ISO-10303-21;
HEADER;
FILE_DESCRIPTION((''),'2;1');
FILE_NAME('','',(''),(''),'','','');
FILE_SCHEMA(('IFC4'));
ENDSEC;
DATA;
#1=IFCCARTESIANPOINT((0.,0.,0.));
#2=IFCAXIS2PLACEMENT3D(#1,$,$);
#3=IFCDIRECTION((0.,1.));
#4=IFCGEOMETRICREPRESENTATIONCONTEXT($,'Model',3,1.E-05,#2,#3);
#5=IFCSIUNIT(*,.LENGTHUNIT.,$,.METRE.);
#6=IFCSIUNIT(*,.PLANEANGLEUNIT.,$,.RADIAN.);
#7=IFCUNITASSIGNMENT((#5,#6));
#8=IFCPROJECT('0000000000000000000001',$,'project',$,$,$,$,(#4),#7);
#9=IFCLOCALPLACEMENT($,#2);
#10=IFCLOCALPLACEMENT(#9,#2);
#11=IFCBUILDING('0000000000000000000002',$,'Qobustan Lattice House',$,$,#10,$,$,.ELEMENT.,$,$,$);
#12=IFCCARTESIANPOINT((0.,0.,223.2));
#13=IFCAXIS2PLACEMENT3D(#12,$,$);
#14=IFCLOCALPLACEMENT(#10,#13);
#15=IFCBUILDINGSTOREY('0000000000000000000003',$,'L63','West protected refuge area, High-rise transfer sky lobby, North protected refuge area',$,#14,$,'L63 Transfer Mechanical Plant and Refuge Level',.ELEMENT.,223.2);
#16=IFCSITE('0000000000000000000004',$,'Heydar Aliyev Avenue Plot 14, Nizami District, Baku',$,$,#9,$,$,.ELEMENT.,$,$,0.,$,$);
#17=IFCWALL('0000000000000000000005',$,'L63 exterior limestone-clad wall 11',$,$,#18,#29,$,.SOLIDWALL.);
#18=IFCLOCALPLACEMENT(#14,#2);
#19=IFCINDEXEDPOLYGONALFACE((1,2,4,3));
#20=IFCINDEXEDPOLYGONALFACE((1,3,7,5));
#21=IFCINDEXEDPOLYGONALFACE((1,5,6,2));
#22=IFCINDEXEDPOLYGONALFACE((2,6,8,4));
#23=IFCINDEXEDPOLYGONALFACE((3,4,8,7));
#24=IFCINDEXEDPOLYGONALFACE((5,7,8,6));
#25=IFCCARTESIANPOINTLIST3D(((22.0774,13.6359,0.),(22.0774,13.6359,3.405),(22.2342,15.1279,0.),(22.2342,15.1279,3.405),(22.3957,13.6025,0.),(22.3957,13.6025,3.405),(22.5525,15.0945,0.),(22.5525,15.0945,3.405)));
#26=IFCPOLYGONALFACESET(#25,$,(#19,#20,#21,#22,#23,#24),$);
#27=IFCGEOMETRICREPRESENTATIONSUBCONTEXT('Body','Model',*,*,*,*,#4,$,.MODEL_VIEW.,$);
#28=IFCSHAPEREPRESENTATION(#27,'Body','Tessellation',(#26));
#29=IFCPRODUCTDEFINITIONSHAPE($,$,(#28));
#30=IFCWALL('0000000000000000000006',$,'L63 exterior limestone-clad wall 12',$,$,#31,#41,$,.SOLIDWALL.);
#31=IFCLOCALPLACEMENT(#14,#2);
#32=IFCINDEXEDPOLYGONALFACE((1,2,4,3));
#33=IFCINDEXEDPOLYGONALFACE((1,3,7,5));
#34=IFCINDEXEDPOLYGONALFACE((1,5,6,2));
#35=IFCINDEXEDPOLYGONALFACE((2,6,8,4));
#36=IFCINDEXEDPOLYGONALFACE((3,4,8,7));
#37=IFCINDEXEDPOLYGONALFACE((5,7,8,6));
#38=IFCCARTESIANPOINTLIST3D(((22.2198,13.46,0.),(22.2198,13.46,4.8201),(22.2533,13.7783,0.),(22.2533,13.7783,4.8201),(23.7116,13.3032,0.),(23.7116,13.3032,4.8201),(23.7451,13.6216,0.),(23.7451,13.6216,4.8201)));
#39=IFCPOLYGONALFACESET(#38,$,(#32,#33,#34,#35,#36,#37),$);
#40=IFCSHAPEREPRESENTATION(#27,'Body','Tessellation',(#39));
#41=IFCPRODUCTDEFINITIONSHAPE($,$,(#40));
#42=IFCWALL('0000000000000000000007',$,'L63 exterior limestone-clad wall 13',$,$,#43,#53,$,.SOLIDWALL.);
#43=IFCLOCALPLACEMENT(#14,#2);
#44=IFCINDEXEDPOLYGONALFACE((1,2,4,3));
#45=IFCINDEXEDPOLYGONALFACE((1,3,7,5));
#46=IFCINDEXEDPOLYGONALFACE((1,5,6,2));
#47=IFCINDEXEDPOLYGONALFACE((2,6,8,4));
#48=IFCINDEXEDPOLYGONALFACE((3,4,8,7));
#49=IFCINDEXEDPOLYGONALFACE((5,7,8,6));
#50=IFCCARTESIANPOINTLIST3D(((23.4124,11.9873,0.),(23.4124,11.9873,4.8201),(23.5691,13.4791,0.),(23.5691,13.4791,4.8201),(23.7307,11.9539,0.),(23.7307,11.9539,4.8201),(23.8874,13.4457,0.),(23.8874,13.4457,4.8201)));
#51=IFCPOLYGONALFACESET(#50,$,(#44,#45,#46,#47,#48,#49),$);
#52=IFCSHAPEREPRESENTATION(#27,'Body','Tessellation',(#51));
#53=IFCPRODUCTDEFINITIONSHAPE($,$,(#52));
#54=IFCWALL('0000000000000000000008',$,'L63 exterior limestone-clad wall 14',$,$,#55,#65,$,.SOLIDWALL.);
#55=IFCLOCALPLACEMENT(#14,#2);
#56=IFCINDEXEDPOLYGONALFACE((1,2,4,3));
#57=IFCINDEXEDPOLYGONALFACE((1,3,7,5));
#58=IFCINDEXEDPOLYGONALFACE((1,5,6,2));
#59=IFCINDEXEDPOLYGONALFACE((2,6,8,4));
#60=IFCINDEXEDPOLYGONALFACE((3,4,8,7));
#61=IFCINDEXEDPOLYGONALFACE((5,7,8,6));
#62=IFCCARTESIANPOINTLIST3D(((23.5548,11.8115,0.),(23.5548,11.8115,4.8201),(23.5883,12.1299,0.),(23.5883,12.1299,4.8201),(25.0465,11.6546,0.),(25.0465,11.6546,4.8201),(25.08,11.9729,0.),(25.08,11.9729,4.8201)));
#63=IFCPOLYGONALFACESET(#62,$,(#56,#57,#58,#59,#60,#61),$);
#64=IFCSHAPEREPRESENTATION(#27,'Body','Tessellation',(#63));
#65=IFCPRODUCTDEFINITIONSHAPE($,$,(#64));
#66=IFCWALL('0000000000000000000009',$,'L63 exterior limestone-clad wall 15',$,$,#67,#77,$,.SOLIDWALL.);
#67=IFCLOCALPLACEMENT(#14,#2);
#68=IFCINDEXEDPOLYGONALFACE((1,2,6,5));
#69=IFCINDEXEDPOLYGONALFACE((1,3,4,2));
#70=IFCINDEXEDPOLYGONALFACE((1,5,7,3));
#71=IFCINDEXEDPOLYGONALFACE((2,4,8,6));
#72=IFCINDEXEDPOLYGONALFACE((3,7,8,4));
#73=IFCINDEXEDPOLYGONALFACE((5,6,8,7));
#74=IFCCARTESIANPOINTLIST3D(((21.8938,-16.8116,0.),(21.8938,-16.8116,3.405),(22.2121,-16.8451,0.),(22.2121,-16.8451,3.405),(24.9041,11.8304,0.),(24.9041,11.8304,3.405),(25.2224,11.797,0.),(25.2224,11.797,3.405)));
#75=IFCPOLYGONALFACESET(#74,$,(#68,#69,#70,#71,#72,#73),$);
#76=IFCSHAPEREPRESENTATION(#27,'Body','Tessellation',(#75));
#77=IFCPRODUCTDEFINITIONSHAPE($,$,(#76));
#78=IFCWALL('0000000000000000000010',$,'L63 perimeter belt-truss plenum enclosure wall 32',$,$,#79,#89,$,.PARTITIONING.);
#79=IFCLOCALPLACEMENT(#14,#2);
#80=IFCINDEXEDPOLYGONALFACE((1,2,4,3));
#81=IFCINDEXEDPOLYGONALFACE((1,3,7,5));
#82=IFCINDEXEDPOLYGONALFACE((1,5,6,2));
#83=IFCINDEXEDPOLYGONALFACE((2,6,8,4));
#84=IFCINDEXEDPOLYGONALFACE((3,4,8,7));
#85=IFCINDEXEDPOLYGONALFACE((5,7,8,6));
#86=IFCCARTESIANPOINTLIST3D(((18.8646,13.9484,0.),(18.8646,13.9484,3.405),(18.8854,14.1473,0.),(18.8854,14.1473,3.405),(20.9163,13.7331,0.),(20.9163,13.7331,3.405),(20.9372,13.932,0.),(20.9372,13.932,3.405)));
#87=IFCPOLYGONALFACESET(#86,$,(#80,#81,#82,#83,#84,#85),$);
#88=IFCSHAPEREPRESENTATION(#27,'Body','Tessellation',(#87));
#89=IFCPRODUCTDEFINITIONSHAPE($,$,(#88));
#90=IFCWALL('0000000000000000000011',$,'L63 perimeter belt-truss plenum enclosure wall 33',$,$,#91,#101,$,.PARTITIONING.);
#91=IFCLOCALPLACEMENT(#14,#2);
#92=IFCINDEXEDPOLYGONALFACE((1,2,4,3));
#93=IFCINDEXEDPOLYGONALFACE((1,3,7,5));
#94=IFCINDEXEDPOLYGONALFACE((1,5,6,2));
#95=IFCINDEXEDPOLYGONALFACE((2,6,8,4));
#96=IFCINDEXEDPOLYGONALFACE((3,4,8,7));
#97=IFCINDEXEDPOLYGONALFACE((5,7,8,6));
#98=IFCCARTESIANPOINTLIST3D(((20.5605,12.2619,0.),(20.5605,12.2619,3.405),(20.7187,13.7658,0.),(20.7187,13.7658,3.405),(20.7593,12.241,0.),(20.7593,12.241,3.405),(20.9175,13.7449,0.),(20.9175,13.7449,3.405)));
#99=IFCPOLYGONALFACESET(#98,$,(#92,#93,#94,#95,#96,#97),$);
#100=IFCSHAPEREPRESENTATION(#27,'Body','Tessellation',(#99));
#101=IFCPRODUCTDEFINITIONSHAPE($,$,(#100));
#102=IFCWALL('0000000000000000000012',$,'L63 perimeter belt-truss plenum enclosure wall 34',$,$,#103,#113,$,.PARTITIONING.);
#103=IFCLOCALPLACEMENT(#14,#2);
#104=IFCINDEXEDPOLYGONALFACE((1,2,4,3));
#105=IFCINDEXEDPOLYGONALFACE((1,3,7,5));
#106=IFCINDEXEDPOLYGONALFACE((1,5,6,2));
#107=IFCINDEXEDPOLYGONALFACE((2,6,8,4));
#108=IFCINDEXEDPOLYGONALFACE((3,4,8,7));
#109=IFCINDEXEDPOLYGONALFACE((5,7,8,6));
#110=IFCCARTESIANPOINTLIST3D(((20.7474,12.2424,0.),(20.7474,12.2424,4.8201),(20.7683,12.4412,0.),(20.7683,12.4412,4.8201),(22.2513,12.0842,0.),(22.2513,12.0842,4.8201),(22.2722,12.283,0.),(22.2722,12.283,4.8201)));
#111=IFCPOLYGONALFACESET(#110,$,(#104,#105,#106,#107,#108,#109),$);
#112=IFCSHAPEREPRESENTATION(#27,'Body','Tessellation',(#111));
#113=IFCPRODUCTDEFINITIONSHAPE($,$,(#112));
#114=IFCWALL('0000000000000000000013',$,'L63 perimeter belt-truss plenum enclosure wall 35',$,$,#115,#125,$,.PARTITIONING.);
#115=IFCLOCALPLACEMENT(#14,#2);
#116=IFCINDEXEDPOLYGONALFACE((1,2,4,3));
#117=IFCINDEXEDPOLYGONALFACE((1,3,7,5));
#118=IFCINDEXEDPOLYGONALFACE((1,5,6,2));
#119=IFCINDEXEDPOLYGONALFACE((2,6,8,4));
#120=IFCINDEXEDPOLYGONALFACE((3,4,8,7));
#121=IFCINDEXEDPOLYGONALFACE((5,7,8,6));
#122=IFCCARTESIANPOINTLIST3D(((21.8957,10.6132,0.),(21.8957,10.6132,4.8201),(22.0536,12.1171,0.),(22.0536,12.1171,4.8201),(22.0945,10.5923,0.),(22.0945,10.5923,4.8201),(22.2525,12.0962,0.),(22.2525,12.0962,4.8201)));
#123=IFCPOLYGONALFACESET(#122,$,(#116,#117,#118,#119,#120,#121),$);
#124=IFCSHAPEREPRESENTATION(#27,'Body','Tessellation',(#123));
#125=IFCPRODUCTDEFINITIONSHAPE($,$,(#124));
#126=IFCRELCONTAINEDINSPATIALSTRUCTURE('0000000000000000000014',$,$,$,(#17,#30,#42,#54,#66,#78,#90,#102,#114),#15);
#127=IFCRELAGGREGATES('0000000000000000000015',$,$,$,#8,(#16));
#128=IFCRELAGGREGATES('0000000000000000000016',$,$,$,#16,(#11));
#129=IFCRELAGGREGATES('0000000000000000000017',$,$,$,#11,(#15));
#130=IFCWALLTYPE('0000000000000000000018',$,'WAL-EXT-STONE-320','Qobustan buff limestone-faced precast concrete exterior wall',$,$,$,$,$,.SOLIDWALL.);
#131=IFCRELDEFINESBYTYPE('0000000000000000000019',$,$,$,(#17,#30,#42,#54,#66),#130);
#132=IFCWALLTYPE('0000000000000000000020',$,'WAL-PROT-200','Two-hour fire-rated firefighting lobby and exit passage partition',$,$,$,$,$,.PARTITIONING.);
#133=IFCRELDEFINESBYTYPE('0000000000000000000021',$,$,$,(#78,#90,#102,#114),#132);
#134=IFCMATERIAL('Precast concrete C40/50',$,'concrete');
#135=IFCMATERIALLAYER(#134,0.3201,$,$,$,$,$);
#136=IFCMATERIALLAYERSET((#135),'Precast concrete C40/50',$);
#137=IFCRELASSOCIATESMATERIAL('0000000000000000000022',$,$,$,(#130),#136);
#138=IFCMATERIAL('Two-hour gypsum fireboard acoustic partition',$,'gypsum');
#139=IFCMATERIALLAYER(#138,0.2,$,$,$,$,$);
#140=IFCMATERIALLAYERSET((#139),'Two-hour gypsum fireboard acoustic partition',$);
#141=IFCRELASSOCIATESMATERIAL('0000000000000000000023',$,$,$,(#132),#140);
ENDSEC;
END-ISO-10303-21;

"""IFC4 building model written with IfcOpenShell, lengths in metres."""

from ifc_helpers import new_model, si_unit, direction, frame, frame_2d, origin, place, context, subcontext, project, spatial, rectangle, extrude, material, layer, layer_set, type_object, element, save


model = new_model("IFC4")

# Units and contexts
model_context = context("Model", 3, precision=1e-05, world=origin(), true_north=direction((0.0, 1.0)))
body_context = subcontext(model_context, "Body", "Model", "MODEL_VIEW")
ifc_project = project(units=[si_unit("LENGTHUNIT", "METRE"), si_unit("PLANEANGLEUNIT", "RADIAN")], contexts=[model_context])

# Site, building, storey
site_placement = place(None, origin())
site = spatial("IfcSite", under=ifc_project, at=site_placement, Name="Heydar Aliyev Avenue Plot 14, Nizami District, Baku", CompositionType="ELEMENT", RefElevation=0.0)
building_placement = place(site_placement, origin())
building = spatial("IfcBuilding", under=site, at=building_placement, Name="Qobustan Lattice House", CompositionType="ELEMENT")
storey_placement = place(building_placement, frame((0.0, 0.0, 223.2)))
storey = spatial("IfcBuildingStorey", under=building, at=storey_placement, Name="L63", Description="West protected refuge area, High-rise transfer sky lobby, North protected refuge area", LongName="L63 Transfer Mechanical Plant and Refuge Level", CompositionType="ELEMENT", Elevation=223.2)

# Walls
ifc_material_1 = material(Name="Precast concrete C40/50", Category="concrete")
ifc_layer_1 = layer(ifc_material_1, 0.3201)
ifc_layer_set_1 = layer_set([ifc_layer_1], Name="Precast concrete C40/50")
wall_type_1 = type_object("IfcWallType", Name="WAL-EXT-STONE-320", Description="Qobustan buff limestone-faced precast concrete exterior wall", PredefinedType="SOLIDWALL", material=ifc_layer_set_1)
wall_1_placement = place(storey_placement, frame((22.3933, 15.1111, 0.0), z_axis=(0.0, 0.0, 1.0), x_axis=(-0.104481, -0.994527, 0.0)))
element("IfcWall", 1, at=wall_1_placement, inside=storey, type_object=wall_type_1, Name="L63 exterior limestone-clad wall 11", PredefinedType="SOLIDWALL", context=body_context, shape_type="SweptSolid", body=[
    extrude(rectangle(XDim=1.5002, YDim=0.3201, at=frame_2d((0.75, 0.0))), origin(), (0.0, 0.0, 1.0), 3.405),
])
for number, where, z_axis, x_axis, name in (
    (2, (22.2366, 13.6191, 0.0), (0.0, 0.0, 1.0), (0.994525, -0.104498, 0.0), "L63 exterior limestone-clad wall 12"),
    (3, (23.7283, 13.4624, 0.0), (0.0, 0.0, 1.0), (-0.104498, -0.994525, 0.0), "L63 exterior limestone-clad wall 13"),
    (4, (23.5715, 11.9707, 0.0), (0.0, 0.0, 1.0), (0.994508, -0.104659, 0.0), "L63 exterior limestone-clad wall 14"),
):
    element("IfcWall", number, at=place(storey_placement, frame(where, z_axis=z_axis, x_axis=x_axis)), inside=storey, type_object=wall_type_1, Name=name, PredefinedType="SOLIDWALL", context=body_context, shape_type="SweptSolid", body=[
        extrude(rectangle(XDim=1.5, YDim=0.3201, at=frame_2d((0.75, 0.0))), origin(), (0.0, 0.0, 1.0), 4.8201),
    ])
wall_2_placement = place(storey_placement, frame((25.0632, 11.8137, 0.0), z_axis=(0.0, 0.0, 1.0), x_axis=(-0.104523, -0.994522, 0.0)))
element("IfcWall", 5, at=wall_2_placement, inside=storey, type_object=wall_type_1, Name="L63 exterior limestone-clad wall 15", PredefinedType="SOLIDWALL", context=body_context, shape_type="SweptSolid", body=[
    extrude(rectangle(XDim=28.7998, YDim=0.3201, at=frame_2d((14.3999, 0.0))), origin(), (0.0, 0.0, 1.0), 3.405),
])
ifc_material_2 = material(Name="Two-hour gypsum fireboard acoustic partition", Category="gypsum")
ifc_layer_2 = layer(ifc_material_2, 0.2)
ifc_layer_set_2 = layer_set([ifc_layer_2], Name="Two-hour gypsum fireboard acoustic partition")
wall_type_2 = type_object("IfcWallType", Name="WAL-PROT-200", Description="Two-hour fire-rated firefighting lobby and exit passage partition", PredefinedType="PARTITIONING", material=ifc_layer_set_2)
wall_3_placement = place(storey_placement, frame((18.875, 14.0479, 0.0), z_axis=(0.0, 0.0, 1.0), x_axis=(0.994538, -0.104377, 0.0)))
element("IfcWall", 6, at=wall_3_placement, inside=storey, type_object=wall_type_2, Name="L63 perimeter belt-truss plenum enclosure wall 32", PredefinedType="PARTITIONING", context=body_context, shape_type="SweptSolid", body=[
    extrude(rectangle(XDim=2.063, YDim=0.2, at=frame_2d((1.0315, 0.0))), origin(), (0.0, 0.0, 1.0), 3.405),
])
wall_4_placement = place(storey_placement, frame((20.8181, 13.7554, 0.0), z_axis=(0.0, 0.0, 1.0), x_axis=(-0.104618, -0.994513, 0.0)))
element("IfcWall", 7, at=wall_4_placement, inside=storey, type_object=wall_type_2, Name="L63 perimeter belt-truss plenum enclosure wall 33", PredefinedType="PARTITIONING", context=body_context, shape_type="SweptSolid", body=[
    extrude(rectangle(XDim=1.5122, YDim=0.2, at=frame_2d((0.7561, 0.0))), origin(), (0.0, 0.0, 1.0), 3.405),
])
for number, where, z_axis, x_axis, name in (
    (8, (20.7578, 12.3418, 0.0), (0.0, 0.0, 1.0), (0.994513, -0.104618, 0.0), "L63 perimeter belt-truss plenum enclosure wall 34"),
    (9, (22.1531, 12.1067, 0.0), (0.0, 0.0, 1.0), (-0.104458, -0.994529, 0.0), "L63 perimeter belt-truss plenum enclosure wall 35"),
):
    element("IfcWall", number, at=place(storey_placement, frame(where, z_axis=z_axis, x_axis=x_axis)), inside=storey, type_object=wall_type_2, Name=name, PredefinedType="PARTITIONING", context=body_context, shape_type="SweptSolid", body=[
        extrude(rectangle(XDim=1.5122, YDim=0.2, at=frame_2d((0.7561, 0.0))), origin(), (0.0, 0.0, 1.0), 4.8201),
    ])

save(model, "model.ifc")
